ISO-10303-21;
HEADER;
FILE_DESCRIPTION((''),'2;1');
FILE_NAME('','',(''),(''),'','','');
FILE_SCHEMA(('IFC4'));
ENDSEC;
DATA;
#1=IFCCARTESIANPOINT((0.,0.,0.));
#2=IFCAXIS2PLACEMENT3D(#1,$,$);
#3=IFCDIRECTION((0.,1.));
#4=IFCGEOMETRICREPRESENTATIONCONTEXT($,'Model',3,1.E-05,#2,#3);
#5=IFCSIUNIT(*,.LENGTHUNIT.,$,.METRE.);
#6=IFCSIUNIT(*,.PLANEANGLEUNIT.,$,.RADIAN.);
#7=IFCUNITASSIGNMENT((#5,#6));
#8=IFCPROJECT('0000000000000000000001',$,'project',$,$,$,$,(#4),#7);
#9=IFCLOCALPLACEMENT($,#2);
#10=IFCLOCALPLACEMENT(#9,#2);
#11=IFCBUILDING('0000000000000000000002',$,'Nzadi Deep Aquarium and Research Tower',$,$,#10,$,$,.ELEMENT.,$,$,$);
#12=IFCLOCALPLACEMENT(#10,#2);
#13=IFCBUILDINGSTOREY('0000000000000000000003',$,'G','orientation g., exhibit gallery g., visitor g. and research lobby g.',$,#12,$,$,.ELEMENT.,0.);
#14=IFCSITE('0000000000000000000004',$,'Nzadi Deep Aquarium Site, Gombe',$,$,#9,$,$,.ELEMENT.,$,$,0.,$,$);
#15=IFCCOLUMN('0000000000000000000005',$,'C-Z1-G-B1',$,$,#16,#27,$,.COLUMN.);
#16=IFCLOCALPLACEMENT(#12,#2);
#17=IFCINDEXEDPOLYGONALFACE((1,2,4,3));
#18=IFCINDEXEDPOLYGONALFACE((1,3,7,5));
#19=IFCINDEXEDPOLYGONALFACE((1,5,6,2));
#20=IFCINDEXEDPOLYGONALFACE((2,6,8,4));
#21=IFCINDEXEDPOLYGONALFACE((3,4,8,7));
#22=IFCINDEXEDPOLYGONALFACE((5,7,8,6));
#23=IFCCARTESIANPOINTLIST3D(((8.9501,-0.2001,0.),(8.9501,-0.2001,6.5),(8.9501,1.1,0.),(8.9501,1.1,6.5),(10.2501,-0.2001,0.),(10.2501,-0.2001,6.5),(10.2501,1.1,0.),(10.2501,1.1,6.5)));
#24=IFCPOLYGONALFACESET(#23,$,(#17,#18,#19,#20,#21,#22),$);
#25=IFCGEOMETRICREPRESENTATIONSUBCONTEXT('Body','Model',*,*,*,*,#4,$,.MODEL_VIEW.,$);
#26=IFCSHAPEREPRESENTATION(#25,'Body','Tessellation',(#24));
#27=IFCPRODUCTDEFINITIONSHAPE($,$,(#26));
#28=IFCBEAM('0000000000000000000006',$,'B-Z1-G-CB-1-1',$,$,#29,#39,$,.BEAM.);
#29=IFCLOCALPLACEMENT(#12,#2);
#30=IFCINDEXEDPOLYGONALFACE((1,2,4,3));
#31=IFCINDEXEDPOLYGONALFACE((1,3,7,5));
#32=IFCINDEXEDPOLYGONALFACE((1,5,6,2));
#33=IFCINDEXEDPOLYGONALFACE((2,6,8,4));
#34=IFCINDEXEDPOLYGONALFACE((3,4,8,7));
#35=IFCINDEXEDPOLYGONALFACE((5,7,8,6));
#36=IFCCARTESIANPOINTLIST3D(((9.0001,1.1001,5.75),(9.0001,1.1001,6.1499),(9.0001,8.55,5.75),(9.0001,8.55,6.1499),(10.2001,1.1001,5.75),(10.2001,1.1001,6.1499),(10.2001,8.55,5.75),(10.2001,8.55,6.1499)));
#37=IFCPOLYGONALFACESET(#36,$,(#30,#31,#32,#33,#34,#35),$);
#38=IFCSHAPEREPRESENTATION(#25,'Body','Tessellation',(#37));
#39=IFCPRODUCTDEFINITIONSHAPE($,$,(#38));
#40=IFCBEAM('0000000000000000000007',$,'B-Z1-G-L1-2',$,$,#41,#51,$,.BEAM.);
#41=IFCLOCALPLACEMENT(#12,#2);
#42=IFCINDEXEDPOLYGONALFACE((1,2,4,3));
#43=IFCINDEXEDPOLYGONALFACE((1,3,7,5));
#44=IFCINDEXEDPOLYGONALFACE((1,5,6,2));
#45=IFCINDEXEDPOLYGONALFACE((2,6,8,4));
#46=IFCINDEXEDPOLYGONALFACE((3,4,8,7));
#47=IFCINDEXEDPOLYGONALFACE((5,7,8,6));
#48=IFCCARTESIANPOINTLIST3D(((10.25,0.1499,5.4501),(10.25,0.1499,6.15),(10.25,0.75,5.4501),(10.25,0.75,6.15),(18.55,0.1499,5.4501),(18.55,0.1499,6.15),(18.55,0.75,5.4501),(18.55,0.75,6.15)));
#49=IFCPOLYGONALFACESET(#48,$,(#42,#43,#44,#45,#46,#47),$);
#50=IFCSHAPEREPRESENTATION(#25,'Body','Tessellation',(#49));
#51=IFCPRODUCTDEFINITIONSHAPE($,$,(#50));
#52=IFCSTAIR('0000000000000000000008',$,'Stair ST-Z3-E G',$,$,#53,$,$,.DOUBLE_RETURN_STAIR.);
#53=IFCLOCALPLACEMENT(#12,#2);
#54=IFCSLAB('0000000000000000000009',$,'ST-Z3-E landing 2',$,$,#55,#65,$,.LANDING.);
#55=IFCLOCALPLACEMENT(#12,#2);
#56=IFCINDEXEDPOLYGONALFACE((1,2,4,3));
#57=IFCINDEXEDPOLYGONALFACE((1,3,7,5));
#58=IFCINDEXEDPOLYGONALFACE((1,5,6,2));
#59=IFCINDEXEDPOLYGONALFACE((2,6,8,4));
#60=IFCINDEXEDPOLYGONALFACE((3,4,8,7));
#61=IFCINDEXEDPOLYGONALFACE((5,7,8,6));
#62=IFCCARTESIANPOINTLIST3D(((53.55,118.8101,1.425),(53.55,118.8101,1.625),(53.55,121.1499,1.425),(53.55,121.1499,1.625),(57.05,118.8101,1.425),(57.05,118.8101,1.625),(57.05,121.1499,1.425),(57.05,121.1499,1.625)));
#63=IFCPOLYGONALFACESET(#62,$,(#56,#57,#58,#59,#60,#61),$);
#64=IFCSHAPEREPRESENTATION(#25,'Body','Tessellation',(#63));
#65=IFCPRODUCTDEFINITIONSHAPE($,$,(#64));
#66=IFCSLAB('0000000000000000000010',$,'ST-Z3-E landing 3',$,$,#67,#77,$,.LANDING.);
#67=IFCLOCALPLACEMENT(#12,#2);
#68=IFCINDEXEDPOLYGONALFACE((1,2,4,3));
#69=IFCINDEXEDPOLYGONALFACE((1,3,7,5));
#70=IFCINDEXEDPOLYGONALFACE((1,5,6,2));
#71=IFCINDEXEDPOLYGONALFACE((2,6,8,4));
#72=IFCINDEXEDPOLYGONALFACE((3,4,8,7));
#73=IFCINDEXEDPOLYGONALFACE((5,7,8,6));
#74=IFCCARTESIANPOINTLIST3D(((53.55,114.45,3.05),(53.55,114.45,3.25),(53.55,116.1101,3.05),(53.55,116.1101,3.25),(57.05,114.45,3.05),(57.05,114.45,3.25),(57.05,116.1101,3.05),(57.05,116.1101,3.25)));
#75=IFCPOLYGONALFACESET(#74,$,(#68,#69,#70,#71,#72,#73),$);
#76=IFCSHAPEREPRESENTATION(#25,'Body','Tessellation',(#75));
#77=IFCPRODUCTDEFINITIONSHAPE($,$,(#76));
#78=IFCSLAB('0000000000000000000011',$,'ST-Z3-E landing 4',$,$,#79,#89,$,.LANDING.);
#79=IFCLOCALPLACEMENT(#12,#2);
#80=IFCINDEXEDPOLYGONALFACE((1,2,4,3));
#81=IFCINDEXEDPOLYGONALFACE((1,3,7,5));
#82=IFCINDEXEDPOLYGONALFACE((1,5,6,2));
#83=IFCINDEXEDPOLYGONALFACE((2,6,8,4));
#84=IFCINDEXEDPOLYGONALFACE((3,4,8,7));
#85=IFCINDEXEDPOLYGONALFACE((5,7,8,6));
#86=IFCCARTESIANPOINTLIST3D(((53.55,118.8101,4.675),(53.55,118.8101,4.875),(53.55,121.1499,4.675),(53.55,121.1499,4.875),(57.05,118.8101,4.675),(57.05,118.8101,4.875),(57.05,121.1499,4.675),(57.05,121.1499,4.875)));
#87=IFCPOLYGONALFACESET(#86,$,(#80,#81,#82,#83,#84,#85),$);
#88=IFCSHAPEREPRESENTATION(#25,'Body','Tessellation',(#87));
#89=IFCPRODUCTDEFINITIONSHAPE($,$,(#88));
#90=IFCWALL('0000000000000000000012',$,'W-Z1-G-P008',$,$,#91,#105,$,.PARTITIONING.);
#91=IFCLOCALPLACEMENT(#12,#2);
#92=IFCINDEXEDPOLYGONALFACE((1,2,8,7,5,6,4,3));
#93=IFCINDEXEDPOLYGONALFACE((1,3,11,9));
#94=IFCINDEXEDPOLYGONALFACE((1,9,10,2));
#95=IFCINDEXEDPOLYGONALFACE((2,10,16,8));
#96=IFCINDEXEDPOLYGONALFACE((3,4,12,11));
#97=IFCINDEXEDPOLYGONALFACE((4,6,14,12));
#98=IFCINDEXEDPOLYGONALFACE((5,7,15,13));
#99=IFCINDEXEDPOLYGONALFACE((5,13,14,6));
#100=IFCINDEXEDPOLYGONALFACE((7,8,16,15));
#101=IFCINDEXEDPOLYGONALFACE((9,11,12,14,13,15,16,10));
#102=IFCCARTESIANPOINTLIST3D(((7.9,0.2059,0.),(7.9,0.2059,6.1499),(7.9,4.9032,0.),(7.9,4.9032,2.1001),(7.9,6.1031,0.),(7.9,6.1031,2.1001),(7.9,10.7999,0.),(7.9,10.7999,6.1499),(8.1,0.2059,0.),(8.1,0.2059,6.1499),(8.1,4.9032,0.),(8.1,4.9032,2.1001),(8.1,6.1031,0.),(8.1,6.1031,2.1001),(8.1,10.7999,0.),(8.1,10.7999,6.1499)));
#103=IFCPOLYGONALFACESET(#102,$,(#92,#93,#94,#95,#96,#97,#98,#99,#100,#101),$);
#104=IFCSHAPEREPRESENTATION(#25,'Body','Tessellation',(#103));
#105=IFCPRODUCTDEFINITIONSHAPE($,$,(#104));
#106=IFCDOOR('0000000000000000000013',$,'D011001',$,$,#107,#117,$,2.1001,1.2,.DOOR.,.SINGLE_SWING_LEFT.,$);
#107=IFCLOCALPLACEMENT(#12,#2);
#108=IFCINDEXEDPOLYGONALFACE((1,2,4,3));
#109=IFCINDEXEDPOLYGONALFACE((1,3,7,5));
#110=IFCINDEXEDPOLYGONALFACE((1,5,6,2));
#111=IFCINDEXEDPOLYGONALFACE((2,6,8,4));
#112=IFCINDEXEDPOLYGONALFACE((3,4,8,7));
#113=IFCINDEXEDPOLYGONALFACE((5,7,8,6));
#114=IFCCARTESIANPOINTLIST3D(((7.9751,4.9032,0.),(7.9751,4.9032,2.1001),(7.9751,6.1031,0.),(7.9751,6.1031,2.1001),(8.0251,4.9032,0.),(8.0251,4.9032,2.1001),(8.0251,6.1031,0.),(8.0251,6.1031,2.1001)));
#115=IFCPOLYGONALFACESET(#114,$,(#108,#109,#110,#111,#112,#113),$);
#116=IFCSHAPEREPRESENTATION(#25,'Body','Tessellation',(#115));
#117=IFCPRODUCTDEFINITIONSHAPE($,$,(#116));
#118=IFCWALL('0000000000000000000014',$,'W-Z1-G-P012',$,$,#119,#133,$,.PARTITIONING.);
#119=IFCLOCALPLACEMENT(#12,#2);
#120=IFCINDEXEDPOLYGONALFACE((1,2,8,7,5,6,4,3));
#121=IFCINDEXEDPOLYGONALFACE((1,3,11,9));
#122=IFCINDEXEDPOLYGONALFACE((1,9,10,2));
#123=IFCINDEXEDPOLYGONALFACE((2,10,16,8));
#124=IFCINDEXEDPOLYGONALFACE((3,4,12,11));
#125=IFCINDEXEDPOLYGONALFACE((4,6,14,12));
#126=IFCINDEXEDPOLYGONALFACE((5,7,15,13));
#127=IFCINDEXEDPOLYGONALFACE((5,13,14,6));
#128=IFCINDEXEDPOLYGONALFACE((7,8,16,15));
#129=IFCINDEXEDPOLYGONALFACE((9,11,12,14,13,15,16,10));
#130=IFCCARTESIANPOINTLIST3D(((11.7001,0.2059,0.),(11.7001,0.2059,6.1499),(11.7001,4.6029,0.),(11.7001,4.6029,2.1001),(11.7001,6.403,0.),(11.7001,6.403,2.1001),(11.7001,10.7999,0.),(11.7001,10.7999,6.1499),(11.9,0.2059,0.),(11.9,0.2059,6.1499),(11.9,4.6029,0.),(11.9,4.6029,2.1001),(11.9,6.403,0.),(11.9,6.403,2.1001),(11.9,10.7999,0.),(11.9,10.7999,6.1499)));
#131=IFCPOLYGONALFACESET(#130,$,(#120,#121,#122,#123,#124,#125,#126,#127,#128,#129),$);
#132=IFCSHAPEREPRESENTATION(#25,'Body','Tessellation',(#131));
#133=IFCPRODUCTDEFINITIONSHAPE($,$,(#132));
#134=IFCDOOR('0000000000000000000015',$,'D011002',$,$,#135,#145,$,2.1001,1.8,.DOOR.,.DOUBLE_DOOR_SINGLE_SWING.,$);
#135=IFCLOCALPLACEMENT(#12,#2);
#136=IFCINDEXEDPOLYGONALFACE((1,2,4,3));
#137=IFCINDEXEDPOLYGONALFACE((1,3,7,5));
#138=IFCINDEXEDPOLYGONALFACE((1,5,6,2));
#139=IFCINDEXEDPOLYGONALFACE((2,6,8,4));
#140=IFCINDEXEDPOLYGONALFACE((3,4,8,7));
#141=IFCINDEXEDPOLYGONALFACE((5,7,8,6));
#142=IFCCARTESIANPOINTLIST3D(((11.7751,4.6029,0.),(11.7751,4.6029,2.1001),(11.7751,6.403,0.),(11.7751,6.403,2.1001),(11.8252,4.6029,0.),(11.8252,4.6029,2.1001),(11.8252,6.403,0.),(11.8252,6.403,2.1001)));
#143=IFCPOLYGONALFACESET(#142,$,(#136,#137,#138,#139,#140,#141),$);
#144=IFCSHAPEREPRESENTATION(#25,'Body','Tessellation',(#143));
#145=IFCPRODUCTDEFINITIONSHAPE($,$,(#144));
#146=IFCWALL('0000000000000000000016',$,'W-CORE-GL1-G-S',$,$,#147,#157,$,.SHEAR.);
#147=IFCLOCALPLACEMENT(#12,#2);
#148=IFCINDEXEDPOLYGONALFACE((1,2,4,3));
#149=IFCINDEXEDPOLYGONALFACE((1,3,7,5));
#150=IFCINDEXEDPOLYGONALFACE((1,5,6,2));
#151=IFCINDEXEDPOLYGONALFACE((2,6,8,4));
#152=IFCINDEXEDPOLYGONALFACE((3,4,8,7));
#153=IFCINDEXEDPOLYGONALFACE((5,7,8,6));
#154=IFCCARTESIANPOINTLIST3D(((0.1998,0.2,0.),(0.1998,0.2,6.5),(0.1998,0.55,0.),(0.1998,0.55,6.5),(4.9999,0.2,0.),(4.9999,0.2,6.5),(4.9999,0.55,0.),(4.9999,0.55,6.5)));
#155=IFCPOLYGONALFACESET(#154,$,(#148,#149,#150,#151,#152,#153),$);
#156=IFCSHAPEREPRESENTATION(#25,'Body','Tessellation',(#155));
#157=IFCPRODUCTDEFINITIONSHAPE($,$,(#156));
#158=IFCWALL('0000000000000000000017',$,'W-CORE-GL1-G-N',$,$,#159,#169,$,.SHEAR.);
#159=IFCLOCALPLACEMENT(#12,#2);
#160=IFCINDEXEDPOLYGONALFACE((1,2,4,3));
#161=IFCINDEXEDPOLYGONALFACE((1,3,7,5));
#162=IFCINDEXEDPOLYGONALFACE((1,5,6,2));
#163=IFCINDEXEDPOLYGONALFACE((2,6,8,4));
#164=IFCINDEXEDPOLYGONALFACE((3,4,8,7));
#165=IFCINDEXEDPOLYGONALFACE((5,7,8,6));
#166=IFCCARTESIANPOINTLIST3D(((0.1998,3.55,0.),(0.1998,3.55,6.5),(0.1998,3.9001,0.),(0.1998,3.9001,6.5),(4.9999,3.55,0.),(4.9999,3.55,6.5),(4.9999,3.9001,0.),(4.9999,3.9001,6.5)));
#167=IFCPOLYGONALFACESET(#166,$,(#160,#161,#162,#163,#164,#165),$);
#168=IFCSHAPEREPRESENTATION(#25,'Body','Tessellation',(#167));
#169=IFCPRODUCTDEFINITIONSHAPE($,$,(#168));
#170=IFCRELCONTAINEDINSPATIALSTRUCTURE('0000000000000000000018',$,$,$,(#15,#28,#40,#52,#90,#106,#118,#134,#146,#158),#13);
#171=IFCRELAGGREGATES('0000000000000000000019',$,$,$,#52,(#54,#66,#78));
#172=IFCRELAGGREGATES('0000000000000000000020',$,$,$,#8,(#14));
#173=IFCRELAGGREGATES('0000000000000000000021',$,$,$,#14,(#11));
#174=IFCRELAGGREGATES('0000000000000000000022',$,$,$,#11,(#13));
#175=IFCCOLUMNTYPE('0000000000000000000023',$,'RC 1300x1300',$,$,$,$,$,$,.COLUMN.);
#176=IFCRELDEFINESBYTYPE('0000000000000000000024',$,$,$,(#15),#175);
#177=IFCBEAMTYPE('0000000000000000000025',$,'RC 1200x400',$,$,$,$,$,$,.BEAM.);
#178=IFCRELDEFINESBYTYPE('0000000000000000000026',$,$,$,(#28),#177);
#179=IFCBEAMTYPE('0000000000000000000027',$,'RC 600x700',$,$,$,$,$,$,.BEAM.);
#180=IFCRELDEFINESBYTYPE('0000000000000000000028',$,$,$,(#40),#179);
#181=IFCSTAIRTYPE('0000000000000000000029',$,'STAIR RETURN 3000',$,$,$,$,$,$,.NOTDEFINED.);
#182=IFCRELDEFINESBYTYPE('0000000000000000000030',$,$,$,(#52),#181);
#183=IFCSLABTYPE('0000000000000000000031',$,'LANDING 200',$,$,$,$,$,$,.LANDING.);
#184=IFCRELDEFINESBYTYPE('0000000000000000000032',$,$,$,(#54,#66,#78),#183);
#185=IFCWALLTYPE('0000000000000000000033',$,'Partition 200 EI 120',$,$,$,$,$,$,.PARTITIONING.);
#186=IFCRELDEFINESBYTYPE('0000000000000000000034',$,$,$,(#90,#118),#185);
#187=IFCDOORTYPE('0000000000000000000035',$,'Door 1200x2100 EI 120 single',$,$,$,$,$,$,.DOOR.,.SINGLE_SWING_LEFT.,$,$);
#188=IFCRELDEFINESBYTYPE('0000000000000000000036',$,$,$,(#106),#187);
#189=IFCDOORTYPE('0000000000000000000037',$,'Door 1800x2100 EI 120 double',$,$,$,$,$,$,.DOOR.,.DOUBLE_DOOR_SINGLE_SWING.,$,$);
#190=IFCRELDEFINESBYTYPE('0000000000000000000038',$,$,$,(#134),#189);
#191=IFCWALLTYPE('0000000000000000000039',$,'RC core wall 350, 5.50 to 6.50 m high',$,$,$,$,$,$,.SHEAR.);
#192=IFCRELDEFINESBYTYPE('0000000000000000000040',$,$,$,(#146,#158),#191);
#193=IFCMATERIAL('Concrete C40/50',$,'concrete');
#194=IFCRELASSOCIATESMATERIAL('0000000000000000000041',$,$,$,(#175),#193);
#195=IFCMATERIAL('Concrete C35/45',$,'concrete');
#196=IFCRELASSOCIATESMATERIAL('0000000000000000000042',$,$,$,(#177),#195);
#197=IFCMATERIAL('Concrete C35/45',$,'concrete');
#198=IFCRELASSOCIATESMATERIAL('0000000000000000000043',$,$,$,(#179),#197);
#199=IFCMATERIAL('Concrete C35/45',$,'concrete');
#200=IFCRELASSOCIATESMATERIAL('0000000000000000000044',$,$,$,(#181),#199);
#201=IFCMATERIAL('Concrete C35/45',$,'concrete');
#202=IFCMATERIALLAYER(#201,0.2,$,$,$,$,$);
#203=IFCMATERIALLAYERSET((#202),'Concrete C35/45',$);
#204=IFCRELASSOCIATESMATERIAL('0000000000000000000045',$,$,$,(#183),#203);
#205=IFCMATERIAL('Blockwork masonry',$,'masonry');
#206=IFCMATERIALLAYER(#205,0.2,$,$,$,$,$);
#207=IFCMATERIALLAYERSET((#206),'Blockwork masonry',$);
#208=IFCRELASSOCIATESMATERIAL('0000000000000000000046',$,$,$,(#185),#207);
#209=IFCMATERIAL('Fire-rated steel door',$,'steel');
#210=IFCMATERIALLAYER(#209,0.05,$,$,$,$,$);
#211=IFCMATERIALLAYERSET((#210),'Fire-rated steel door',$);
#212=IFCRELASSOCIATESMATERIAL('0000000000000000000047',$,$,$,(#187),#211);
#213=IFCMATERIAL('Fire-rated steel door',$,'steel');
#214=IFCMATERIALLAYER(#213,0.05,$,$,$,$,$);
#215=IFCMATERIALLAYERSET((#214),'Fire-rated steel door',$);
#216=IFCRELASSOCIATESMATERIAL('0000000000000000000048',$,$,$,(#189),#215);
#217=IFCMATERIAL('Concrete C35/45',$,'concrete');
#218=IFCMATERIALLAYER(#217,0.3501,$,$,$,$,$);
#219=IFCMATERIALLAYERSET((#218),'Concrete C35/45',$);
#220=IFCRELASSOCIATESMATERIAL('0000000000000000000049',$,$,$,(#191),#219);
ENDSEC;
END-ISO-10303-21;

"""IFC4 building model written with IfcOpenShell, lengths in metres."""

from ifc_helpers import new_model, si_unit, direction, frame, frame_2d, origin, origin_2d, place, context, subcontext, project, spatial, polyline, rectangle, outline, extrude, material, layer, layer_set, material_profile, profile_set, type_object, element, fill, aggregate, save


model = new_model("IFC4")

# Units and contexts
model_context = context("Model", 3, precision=1e-05, world=origin(), true_north=direction((0.0, 1.0)))
body_context = subcontext(model_context, "Body", "Model", "MODEL_VIEW")
ifc_project = project(units=[si_unit("LENGTHUNIT", "METRE"), si_unit("PLANEANGLEUNIT", "RADIAN")], contexts=[model_context])

# Site, building, storey
site_placement = place(None, origin())
site = spatial("IfcSite", under=ifc_project, at=site_placement, Name="Nzadi Deep Aquarium Site, Gombe", CompositionType="ELEMENT", RefElevation=0.0)
building_placement = place(site_placement, origin())
building = spatial("IfcBuilding", under=site, at=building_placement, Name="Nzadi Deep Aquarium and Research Tower", CompositionType="ELEMENT")
storey_placement = place(building_placement, origin())
storey = spatial("IfcBuildingStorey", under=building, at=storey_placement, Name="G", Description="orientation g., exhibit gallery g., visitor g. and research lobby g.", CompositionType="ELEMENT", Elevation=0.0)

# Column
ifc_material_1 = material(Name="Concrete C40/50", Category="concrete")
ifc_material_profile_1 = material_profile(ifc_material_1, rectangle(XDim=1.3, YDim=1.3, at=origin_2d()))
ifc_profile_set_1 = profile_set([ifc_material_profile_1], Name="Concrete C40/50")
column_type = type_object("IfcColumnType", Name="RC 1300x1300", PredefinedType="COLUMN", material=ifc_profile_set_1)
column_placement = place(storey_placement, frame((9.6001, 0.45, 0.0), z_axis=(0.0, 0.0, 1.0), x_axis=(1.0, 0.0, 0.0)))
element("IfcColumn", 1, at=column_placement, inside=storey, type_object=column_type, Name="C-Z1-G-B1", PredefinedType="COLUMN", context=body_context, shape_type="SweptSolid", body=[
    extrude(rectangle(XDim=1.3, YDim=1.3, at=origin_2d()), origin(), (0.0, 0.0, 1.0), 6.5),
])

# Beams
ifc_material_2 = material(Name="Concrete C35/45", Category="concrete")
ifc_material_profile_2 = material_profile(ifc_material_2, rectangle(XDim=1.2, YDim=0.3999, at=origin_2d()))
ifc_profile_set_2 = profile_set([ifc_material_profile_2], Name="Concrete C35/45")
beam_type_1 = type_object("IfcBeamType", Name="RC 1200x400", PredefinedType="BEAM", material=ifc_profile_set_2)
beam_1_placement = place(storey_placement, frame((9.6001, 1.1001, 5.95), z_axis=(0.0, 1.0, 0.0), x_axis=(-1.0, 0.0, 0.0)))
element("IfcBeam", 2, at=beam_1_placement, inside=storey, type_object=beam_type_1, Name="B-Z1-G-CB-1-1", PredefinedType="BEAM", context=body_context, shape_type="SweptSolid", body=[
    extrude(rectangle(XDim=1.2, YDim=0.3999, at=origin_2d()), origin(), (0.0, 0.0, 1.0), 7.45),
])
ifc_material_3 = material(Name="Concrete C35/45", Category="concrete")
ifc_material_profile_3 = material_profile(ifc_material_3, rectangle(XDim=0.6001, YDim=0.7, at=origin_2d()))
ifc_profile_set_3 = profile_set([ifc_material_profile_3], Name="Concrete C35/45")
beam_type_2 = type_object("IfcBeamType", Name="RC 600x700", PredefinedType="BEAM", material=ifc_profile_set_3)
beam_2_placement = place(storey_placement, frame((10.25, 0.45, 5.8), z_axis=(1.0, 0.0, 0.0), x_axis=(0.0, 1.0, 0.0)))
element("IfcBeam", 3, at=beam_2_placement, inside=storey, type_object=beam_type_2, Name="B-Z1-G-L1-2", PredefinedType="BEAM", context=body_context, shape_type="SweptSolid", body=[
    extrude(rectangle(XDim=0.6001, YDim=0.7, at=origin_2d()), origin(), (0.0, 0.0, 1.0), 8.3),
])

# Stair, slabs
ifc_material_4 = material(Name="Concrete C35/45", Category="concrete")
stair_type = type_object("IfcStairType", Name="STAIR RETURN 3000", PredefinedType="NOTDEFINED", material=ifc_material_4)
stair_placement = place(storey_placement, origin())
stair = element("IfcStair", 4, at=stair_placement, inside=storey, type_object=stair_type, Name="Stair ST-Z3-E G", PredefinedType="DOUBLE_RETURN_STAIR")
ifc_material_5 = material(Name="Concrete C35/45", Category="concrete")
ifc_layer_1 = layer(ifc_material_5, 0.2)
ifc_layer_set_1 = layer_set([ifc_layer_1], Name="Concrete C35/45")
slab_type = type_object("IfcSlabType", Name="LANDING 200", PredefinedType="LANDING", material=ifc_layer_set_1)
slab_1_placement = place(storey_placement, frame((0.0, 0.0, 1.425)))
slab_1 = element("IfcSlab", 5, at=slab_1_placement, type_object=slab_type, Name="ST-Z3-E landing 2", PredefinedType="LANDING", context=body_context, shape_type="SweptSolid", body=[
    extrude(outline(polyline([(57.05, 121.1499), (53.55, 121.1499), (53.55, 118.8101), (57.05, 118.8101), (57.05, 121.1499)])), origin(), (0.0, 0.0, 1.0), 0.2),
])
slab_2_placement = place(storey_placement, frame((0.0, 0.0, 3.05)))
slab_2 = element("IfcSlab", 6, at=slab_2_placement, type_object=slab_type, Name="ST-Z3-E landing 3", PredefinedType="LANDING", context=body_context, shape_type="SweptSolid", body=[
    extrude(outline(polyline([(57.05, 116.1101), (53.55, 116.1101), (53.55, 114.45), (57.05, 114.45), (57.05, 116.1101)])), origin(), (0.0, 0.0, 1.0), 0.2),
])
slab_3_placement = place(storey_placement, frame((0.0, 0.0, 4.675)))
slab_3 = element("IfcSlab", 7, at=slab_3_placement, type_object=slab_type, Name="ST-Z3-E landing 4", PredefinedType="LANDING", context=body_context, shape_type="SweptSolid", body=[
    extrude(outline(polyline([(57.05, 121.1499), (53.55, 121.1499), (53.55, 118.8101), (57.05, 118.8101), (57.05, 121.1499)])), origin(), (0.0, 0.0, 1.0), 0.2),
])
aggregate(stair, [slab_1, slab_2, slab_3])

# Walls, openings, doors
ifc_material_6 = material(Name="Blockwork masonry", Category="masonry")
ifc_layer_2 = layer(ifc_material_6, 0.2)
ifc_layer_set_2 = layer_set([ifc_layer_2], Name="Blockwork masonry")
wall_type_1 = type_object("IfcWallType", Name="Partition 200 EI 120", PredefinedType="PARTITIONING", material=ifc_layer_set_2)
wall_1_placement = place(storey_placement, frame((8.0, 0.2061, 0.0), z_axis=(0.0, 0.0, 1.0), x_axis=(0.0, 1.0, 0.0)))
wall_1 = element("IfcWall", 8, at=wall_1_placement, inside=storey, type_object=wall_type_1, Name="W-Z1-G-P008", PredefinedType="PARTITIONING", context=body_context, shape_type="SweptSolid", body=[
    extrude(rectangle(XDim=10.594, YDim=0.2, at=frame_2d((5.2969, 0.0))), origin(), (0.0, 0.0, 1.0), 6.1499),
])
opening_1_placement = place(wall_1_placement, frame((4.697, 0.0, 0.0)))
opening_1 = element("IfcOpeningElement", 9, at=opening_1_placement, cuts=wall_1, PredefinedType="OPENING", context=body_context, shape_type="SweptSolid", body=[
    extrude(rectangle(XDim=1.2, YDim=2.1001, at=frame_2d((0.6001, 1.05))), frame((0.0, 0.1101, 0.0), z_axis=(0.0, -1.0, 0.0), x_axis=(1.0, 0.0, 0.0)), (0.0, 0.0, 1.0), 0.2202),
])
ifc_material_7 = material(Name="Fire-rated steel door", Category="steel")
ifc_layer_3 = layer(ifc_material_7, 0.05)
ifc_layer_set_3 = layer_set([ifc_layer_3], Name="Fire-rated steel door")
door_type_1 = type_object("IfcDoorType", Name="Door 1200x2100 EI 120 single", OperationType="SINGLE_SWING_LEFT", PredefinedType="DOOR", material=ifc_layer_set_3)
door_1_placement = place(opening_1_placement, origin())
door_1 = element("IfcDoor", 10, at=door_1_placement, inside=storey, type_object=door_type_1, Name="D011001", OperationType="SINGLE_SWING_LEFT", OverallHeight=2.1001, OverallWidth=1.2, PredefinedType="DOOR", context=body_context, shape_type="SweptSolid", body=[
    extrude(rectangle(XDim=1.2, YDim=2.1001, at=frame_2d((0.6001, 1.05))), frame((0.0, 0.0249, 0.0), z_axis=(0.0, -1.0, 0.0), x_axis=(1.0, 0.0, 0.0)), (0.0, 0.0, 1.0), 0.05),
])
fill(opening_1, door_1)
wall_2_placement = place(storey_placement, frame((11.8, 0.2061, 0.0), z_axis=(0.0, 0.0, 1.0), x_axis=(0.0, 1.0, 0.0)))
wall_2 = element("IfcWall", 11, at=wall_2_placement, inside=storey, type_object=wall_type_1, Name="W-Z1-G-P012", PredefinedType="PARTITIONING", context=body_context, shape_type="SweptSolid", body=[
    extrude(rectangle(XDim=10.594, YDim=0.2, at=frame_2d((5.2969, 0.0))), origin(), (0.0, 0.0, 1.0), 6.1499),
])
opening_2_placement = place(wall_2_placement, frame((4.397, 0.0, 0.0)))
opening_2 = element("IfcOpeningElement", 12, at=opening_2_placement, cuts=wall_2, PredefinedType="OPENING", context=body_context, shape_type="SweptSolid", body=[
    extrude(rectangle(XDim=1.8, YDim=2.1001, at=frame_2d((0.8999, 1.05))), frame((0.0, 0.1101, 0.0), z_axis=(0.0, -1.0, 0.0), x_axis=(1.0, 0.0, 0.0)), (0.0, 0.0, 1.0), 0.2202),
])
ifc_material_8 = material(Name="Fire-rated steel door", Category="steel")
ifc_layer_4 = layer(ifc_material_8, 0.05)
ifc_layer_set_4 = layer_set([ifc_layer_4], Name="Fire-rated steel door")
door_type_2 = type_object("IfcDoorType", Name="Door 1800x2100 EI 120 double", OperationType="DOUBLE_DOOR_SINGLE_SWING", PredefinedType="DOOR", material=ifc_layer_set_4)
door_2_placement = place(opening_2_placement, origin())
door_2 = element("IfcDoor", 13, at=door_2_placement, inside=storey, type_object=door_type_2, Name="D011002", OperationType="DOUBLE_DOOR_SINGLE_SWING", OverallHeight=2.1001, OverallWidth=1.8, PredefinedType="DOOR", context=body_context, shape_type="SweptSolid", body=[
    extrude(rectangle(XDim=1.8, YDim=2.1001, at=frame_2d((0.8999, 1.05))), frame((0.0, 0.0249, 0.0), z_axis=(0.0, -1.0, 0.0), x_axis=(1.0, 0.0, 0.0)), (0.0, 0.0, 1.0), 0.05),
])
fill(opening_2, door_2)

# Walls
ifc_material_9 = material(Name="Concrete C35/45", Category="concrete")
ifc_layer_5 = layer(ifc_material_9, 0.3501)
ifc_layer_set_5 = layer_set([ifc_layer_5], Name="Concrete C35/45")
wall_type_2 = type_object("IfcWallType", Name="RC core wall 350, 5.50 to 6.50 m high", PredefinedType="SHEAR", material=ifc_layer_set_5)
for number, where, z_axis, x_axis, name in (
    (14, (0.2, 0.375, 0.0), (0.0, 0.0, 1.0), (1.0, 0.0, 0.0), "W-CORE-GL1-G-S"),
    (15, (0.2, 3.7251, 0.0), (0.0, 0.0, 1.0), (1.0, 0.0, 0.0), "W-CORE-GL1-G-N"),
):
    element("IfcWall", number, at=place(storey_placement, frame(where, z_axis=z_axis, x_axis=x_axis)), inside=storey, type_object=wall_type_2, Name=name, PredefinedType="SHEAR", context=body_context, shape_type="SweptSolid", body=[
        extrude(rectangle(XDim=4.8, YDim=0.3501, at=frame_2d((2.3999, 0.0))), origin(), (0.0, 0.0, 1.0), 6.5),
    ])

save(model, "model.ifc")
